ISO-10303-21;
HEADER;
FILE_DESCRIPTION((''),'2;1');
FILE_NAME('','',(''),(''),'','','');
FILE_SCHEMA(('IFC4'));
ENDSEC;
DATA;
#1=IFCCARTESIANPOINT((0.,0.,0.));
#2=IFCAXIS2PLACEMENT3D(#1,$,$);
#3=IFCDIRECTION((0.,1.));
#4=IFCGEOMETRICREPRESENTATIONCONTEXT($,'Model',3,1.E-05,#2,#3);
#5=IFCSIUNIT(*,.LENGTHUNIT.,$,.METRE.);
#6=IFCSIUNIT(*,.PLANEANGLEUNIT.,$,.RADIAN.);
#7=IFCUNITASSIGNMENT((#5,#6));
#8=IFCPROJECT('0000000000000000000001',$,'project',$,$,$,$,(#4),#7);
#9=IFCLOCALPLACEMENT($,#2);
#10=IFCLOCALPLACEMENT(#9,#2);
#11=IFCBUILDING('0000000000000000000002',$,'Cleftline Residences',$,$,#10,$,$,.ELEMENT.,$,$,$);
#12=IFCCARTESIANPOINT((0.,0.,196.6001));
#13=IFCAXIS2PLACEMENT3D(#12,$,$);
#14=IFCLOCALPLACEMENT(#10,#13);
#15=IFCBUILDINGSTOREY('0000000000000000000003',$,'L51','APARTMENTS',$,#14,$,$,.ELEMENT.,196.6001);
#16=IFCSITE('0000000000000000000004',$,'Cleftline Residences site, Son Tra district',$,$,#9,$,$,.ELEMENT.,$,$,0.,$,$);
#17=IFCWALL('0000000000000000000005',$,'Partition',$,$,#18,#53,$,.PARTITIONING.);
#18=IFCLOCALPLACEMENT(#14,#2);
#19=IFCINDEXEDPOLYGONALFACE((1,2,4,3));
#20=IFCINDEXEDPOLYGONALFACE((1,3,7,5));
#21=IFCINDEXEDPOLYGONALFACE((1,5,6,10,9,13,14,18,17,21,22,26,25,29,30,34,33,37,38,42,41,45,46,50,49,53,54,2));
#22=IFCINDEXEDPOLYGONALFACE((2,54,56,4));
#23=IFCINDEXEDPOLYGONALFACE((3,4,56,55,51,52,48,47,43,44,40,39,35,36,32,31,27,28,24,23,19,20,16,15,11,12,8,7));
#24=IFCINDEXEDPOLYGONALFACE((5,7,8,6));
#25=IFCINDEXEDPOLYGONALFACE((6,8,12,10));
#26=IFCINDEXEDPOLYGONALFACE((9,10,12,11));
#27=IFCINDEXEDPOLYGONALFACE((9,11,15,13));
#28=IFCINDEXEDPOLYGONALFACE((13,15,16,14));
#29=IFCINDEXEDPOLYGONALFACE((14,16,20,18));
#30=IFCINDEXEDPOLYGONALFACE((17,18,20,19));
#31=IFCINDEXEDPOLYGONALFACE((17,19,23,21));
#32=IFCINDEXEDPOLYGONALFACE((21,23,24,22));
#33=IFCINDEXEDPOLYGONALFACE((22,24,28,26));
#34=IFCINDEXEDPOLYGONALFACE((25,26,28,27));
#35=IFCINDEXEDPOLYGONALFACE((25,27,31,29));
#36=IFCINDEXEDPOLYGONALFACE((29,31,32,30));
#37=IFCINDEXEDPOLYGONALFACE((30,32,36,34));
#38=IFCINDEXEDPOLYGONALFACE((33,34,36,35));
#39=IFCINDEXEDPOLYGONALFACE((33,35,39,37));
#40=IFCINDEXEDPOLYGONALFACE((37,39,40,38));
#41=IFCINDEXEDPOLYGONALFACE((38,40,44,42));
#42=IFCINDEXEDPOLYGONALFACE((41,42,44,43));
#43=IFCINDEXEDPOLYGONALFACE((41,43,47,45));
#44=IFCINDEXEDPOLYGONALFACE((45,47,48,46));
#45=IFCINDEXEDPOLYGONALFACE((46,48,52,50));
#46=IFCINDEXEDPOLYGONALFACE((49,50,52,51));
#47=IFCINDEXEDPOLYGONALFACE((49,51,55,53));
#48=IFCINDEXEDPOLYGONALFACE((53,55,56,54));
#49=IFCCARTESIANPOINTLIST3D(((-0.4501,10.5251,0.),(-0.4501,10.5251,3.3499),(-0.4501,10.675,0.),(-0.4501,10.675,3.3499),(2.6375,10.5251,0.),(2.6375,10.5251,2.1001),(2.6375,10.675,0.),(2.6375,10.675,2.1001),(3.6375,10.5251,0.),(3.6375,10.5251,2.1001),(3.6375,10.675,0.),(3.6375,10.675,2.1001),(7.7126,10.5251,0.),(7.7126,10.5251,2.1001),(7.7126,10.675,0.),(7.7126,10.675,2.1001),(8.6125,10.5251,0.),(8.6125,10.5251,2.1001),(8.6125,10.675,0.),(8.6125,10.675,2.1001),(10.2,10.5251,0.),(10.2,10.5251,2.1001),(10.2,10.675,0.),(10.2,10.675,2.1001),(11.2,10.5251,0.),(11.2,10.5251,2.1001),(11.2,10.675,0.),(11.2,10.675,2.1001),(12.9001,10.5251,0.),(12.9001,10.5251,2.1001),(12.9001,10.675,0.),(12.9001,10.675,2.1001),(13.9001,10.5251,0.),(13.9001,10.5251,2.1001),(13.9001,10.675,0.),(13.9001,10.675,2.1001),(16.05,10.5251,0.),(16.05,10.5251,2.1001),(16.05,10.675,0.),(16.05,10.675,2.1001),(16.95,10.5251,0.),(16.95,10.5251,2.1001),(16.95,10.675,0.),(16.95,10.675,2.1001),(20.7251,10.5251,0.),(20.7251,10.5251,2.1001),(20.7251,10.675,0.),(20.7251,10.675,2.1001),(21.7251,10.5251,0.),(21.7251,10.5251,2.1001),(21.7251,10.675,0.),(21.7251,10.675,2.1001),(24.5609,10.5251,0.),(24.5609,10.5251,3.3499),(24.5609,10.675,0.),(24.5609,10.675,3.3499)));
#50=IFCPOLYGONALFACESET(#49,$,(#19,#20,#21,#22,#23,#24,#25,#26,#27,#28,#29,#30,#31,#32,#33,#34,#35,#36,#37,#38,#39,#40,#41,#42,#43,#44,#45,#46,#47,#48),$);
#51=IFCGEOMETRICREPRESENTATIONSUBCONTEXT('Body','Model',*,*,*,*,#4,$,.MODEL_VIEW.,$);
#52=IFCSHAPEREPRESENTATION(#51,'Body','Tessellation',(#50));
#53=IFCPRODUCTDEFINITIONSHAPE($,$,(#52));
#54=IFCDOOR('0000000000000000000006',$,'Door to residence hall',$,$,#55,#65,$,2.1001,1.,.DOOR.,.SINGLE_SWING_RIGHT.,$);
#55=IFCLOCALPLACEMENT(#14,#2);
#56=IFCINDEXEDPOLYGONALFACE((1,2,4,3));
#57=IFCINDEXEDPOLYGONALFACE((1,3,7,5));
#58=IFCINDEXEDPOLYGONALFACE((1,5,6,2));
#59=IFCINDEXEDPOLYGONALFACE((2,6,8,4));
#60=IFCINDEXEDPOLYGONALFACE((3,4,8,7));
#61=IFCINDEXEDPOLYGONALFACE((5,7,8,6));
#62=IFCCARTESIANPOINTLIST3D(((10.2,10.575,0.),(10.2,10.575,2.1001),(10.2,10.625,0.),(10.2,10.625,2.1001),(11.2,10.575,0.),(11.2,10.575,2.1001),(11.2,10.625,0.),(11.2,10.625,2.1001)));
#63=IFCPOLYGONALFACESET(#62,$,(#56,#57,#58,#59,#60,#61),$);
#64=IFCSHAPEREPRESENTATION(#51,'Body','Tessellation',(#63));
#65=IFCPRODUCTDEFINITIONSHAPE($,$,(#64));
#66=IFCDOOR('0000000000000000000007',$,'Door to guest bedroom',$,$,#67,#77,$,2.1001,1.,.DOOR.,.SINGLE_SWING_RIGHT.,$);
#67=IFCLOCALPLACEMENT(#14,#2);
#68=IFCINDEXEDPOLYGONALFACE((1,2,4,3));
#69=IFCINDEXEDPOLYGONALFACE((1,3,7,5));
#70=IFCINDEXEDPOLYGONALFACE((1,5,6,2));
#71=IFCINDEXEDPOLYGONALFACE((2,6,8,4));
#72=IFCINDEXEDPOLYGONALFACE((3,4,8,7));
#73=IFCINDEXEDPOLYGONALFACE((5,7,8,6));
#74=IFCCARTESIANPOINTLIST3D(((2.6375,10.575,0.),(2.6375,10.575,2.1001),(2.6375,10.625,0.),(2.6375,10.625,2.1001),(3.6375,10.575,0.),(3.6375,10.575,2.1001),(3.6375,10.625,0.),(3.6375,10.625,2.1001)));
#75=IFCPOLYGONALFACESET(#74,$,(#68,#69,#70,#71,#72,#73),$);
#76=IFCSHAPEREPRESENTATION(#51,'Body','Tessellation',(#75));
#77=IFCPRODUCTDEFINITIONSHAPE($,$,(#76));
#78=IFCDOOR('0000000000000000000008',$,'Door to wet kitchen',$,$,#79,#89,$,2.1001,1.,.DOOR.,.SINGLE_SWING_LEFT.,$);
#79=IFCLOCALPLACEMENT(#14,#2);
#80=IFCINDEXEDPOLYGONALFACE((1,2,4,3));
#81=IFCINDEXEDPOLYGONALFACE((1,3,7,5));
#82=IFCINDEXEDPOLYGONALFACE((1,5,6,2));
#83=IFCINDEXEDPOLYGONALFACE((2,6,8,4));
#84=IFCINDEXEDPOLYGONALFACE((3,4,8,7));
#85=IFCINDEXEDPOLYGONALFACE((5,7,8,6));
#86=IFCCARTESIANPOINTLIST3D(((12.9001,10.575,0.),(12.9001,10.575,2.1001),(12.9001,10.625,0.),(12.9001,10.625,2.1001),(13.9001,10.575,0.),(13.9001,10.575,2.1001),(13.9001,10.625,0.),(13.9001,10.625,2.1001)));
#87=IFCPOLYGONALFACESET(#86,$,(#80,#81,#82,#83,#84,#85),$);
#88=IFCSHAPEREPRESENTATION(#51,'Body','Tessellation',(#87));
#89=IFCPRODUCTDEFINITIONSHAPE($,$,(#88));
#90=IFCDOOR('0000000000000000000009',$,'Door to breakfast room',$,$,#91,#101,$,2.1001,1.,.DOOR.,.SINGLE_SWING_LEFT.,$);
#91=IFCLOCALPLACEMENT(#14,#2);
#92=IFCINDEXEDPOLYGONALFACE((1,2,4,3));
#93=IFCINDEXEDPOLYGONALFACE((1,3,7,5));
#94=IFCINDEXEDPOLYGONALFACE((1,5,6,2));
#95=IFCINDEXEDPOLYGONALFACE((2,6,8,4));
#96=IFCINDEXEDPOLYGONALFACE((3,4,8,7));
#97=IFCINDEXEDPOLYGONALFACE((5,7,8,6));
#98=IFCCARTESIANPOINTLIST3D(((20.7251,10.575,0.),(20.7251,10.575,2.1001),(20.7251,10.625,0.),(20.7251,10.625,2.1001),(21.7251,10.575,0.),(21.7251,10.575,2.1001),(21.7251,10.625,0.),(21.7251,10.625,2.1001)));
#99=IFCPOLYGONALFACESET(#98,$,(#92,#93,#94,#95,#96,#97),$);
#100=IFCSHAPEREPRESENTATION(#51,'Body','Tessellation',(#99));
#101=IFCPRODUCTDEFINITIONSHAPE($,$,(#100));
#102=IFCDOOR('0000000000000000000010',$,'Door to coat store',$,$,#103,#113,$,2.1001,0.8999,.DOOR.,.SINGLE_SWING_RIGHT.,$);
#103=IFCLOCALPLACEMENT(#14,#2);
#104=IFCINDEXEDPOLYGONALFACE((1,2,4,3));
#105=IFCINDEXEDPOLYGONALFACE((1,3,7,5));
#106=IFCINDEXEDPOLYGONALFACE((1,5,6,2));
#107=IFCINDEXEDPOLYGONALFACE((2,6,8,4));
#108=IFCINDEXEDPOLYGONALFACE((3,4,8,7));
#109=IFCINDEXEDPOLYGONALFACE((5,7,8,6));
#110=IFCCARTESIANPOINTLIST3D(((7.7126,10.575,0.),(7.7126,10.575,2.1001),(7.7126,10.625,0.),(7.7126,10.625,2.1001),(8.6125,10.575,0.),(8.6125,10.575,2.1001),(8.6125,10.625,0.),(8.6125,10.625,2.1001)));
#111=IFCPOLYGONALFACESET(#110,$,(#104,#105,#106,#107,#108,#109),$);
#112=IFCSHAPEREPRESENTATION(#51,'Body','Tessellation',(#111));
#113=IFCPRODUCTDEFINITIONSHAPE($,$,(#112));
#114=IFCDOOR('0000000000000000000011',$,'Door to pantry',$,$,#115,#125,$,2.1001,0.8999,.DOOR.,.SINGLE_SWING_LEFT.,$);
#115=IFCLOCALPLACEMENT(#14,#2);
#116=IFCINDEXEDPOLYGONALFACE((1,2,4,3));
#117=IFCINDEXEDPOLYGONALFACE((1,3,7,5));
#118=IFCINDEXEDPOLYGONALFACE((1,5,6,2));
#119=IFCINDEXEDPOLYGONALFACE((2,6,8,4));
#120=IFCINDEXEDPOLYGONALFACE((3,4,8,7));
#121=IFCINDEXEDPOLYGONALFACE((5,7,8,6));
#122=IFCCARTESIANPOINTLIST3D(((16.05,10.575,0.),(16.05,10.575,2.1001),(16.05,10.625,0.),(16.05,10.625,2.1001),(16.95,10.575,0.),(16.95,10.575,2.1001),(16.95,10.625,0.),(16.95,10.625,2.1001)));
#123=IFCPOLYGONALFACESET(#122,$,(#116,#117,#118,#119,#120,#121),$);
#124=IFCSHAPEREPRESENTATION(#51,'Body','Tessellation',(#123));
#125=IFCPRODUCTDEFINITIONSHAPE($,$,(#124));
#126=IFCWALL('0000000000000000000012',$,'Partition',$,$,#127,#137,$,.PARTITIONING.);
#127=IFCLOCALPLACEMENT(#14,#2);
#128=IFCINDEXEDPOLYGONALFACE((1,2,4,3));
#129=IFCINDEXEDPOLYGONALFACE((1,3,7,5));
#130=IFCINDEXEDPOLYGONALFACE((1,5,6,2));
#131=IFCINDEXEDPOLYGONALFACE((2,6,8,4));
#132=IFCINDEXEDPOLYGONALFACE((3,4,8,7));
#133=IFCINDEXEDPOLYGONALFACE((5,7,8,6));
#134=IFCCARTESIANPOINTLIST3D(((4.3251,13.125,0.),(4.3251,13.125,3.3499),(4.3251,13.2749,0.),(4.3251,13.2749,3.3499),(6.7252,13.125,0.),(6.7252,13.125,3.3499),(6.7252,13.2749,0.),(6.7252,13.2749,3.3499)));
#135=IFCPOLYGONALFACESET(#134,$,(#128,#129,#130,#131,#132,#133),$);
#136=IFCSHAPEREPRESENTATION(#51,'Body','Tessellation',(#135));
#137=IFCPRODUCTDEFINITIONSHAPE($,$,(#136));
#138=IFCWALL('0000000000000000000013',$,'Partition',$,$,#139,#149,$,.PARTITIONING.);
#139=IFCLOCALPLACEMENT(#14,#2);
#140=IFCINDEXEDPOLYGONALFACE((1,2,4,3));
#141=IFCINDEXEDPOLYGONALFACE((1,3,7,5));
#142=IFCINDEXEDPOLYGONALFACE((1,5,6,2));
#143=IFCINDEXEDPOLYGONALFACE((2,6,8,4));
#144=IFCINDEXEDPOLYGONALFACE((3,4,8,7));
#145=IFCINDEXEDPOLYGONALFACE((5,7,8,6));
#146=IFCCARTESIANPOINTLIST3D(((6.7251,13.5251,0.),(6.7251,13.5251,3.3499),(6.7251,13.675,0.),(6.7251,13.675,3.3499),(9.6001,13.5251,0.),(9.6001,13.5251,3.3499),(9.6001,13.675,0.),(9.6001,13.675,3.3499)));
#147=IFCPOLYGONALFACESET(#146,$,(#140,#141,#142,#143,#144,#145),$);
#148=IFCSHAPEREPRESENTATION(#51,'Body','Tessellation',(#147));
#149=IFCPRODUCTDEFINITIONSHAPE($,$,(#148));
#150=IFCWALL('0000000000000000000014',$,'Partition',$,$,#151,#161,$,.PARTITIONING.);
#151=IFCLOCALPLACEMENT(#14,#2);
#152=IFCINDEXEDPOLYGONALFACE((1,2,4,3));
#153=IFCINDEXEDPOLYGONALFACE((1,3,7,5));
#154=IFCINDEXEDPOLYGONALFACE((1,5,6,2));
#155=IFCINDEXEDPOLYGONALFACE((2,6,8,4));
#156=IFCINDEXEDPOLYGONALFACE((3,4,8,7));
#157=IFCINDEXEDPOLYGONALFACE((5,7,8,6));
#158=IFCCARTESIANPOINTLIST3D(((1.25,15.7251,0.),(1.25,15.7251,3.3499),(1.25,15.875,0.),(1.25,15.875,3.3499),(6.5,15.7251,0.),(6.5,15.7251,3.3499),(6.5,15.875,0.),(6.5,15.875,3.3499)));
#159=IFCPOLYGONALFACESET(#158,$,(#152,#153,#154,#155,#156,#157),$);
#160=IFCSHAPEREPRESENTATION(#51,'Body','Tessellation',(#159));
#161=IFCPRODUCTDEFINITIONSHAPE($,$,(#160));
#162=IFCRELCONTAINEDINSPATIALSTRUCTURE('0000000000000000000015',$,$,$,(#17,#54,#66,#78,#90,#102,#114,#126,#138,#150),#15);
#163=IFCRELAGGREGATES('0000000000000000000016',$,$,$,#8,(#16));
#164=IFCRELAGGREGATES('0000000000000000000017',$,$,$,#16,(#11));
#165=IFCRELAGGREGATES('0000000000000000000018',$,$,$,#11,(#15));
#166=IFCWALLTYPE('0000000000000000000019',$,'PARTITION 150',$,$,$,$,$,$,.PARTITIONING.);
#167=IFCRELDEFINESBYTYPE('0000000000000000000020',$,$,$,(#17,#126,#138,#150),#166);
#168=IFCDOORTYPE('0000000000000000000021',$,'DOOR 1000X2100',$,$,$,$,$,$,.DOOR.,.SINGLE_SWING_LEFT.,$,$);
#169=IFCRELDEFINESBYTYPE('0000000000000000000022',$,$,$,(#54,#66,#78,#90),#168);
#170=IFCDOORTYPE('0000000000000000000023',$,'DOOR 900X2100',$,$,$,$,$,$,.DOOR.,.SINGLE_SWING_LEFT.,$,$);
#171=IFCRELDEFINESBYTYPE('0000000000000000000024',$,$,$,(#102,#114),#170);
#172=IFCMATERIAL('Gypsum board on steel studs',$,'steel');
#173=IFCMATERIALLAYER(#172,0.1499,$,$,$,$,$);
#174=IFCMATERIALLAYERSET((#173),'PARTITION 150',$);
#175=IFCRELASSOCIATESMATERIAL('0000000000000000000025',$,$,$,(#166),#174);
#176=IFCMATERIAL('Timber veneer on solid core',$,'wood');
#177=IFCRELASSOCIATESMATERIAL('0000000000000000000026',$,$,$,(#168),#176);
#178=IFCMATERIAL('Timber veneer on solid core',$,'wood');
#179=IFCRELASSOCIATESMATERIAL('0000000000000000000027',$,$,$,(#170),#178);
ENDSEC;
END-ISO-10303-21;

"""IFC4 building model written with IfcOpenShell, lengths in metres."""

from ifc_helpers import new_model, si_unit, direction, frame, frame_2d, origin, place, context, subcontext, project, spatial, rectangle, extrude, material, layer, layer_set, type_object, element, fill, save


model = new_model("IFC4")

# Units and contexts
model_context = context("Model", 3, precision=1e-05, world=origin(), true_north=direction((0.0, 1.0)))
body_context = subcontext(model_context, "Body", "Model", "MODEL_VIEW")
ifc_project = project(units=[si_unit("LENGTHUNIT", "METRE"), si_unit("PLANEANGLEUNIT", "RADIAN")], contexts=[model_context])

# Site, building, storey
site_placement = place(None, origin())
site = spatial("IfcSite", under=ifc_project, at=site_placement, Name="Cleftline Residences site, Son Tra district", CompositionType="ELEMENT", RefElevation=0.0)
building_placement = place(site_placement, origin())
building = spatial("IfcBuilding", under=site, at=building_placement, Name="Cleftline Residences", CompositionType="ELEMENT")
storey_placement = place(building_placement, frame((0.0, 0.0, 196.6001)))
storey = spatial("IfcBuildingStorey", under=building, at=storey_placement, Name="L51", Description="APARTMENTS", CompositionType="ELEMENT", Elevation=196.6001)

# Wall, openings, doors
ifc_material_1 = material(Name="Gypsum board on steel studs", Category="steel")
ifc_layer = layer(ifc_material_1, 0.1499)
ifc_layer_set = layer_set([ifc_layer], Name="PARTITION 150")
wall_type = type_object("IfcWallType", Name="PARTITION 150", PredefinedType="PARTITIONING", material=ifc_layer_set)
wall_1_placement = place(storey_placement, frame((-0.45, 10.6001, 0.0), z_axis=(0.0, 0.0, 1.0), x_axis=(1.0, 0.0, 0.0)))
wall_1 = element("IfcWall", 1, at=wall_1_placement, inside=storey, type_object=wall_type, Name="Partition", PredefinedType="PARTITIONING", context=body_context, shape_type="SweptSolid", body=[
    extrude(rectangle(XDim=25.011, YDim=0.1499, at=frame_2d((12.5054, 0.0))), origin(), (0.0, 0.0, 1.0), 3.3499),
])
opening_1_placement = place(wall_1_placement, frame((10.6499, 0.0, 0.0)))
opening_1 = element("IfcOpeningElement", 2, at=opening_1_placement, cuts=wall_1, PredefinedType="OPENING", context=body_context, shape_type="SweptSolid", body=[
    extrude(rectangle(XDim=1.0, YDim=2.1001, at=frame_2d((0.5, 1.05))), frame((0.0, 0.085, 0.0), z_axis=(0.0, -1.0, 0.0), x_axis=(1.0, 0.0, 0.0)), (0.0, 0.0, 1.0), 0.1699),
])
opening_2_placement = place(wall_1_placement, frame((3.0874, 0.0, 0.0)))
opening_2 = element("IfcOpeningElement", 3, at=opening_2_placement, cuts=wall_1, PredefinedType="OPENING", context=body_context, shape_type="SweptSolid", body=[
    extrude(rectangle(XDim=1.0, YDim=2.1001, at=frame_2d((0.5, 1.05))), frame((0.0, 0.085, 0.0), z_axis=(0.0, -1.0, 0.0), x_axis=(1.0, 0.0, 0.0)), (0.0, 0.0, 1.0), 0.1699),
])
opening_3_placement = place(wall_1_placement, frame((8.1626, 0.0, 0.0)))
opening_3 = element("IfcOpeningElement", 4, at=opening_3_placement, cuts=wall_1, PredefinedType="OPENING", context=body_context, shape_type="SweptSolid", body=[
    extrude(rectangle(XDim=0.8999, YDim=2.1001, at=frame_2d((0.45, 1.05))), frame((0.0, 0.085, 0.0), z_axis=(0.0, -1.0, 0.0), x_axis=(1.0, 0.0, 0.0)), (0.0, 0.0, 1.0), 0.1699),
])
opening_4_placement = place(wall_1_placement, frame((13.3501, 0.0, 0.0)))
opening_4 = element("IfcOpeningElement", 5, at=opening_4_placement, cuts=wall_1, PredefinedType="OPENING", context=body_context, shape_type="SweptSolid", body=[
    extrude(rectangle(XDim=1.0, YDim=2.1001, at=frame_2d((0.5, 1.05))), frame((0.0, 0.085, 0.0), z_axis=(0.0, -1.0, 0.0), x_axis=(1.0, 0.0, 0.0)), (0.0, 0.0, 1.0), 0.1699),
])
opening_5_placement = place(wall_1_placement, frame((16.5, 0.0, 0.0)))
opening_5 = element("IfcOpeningElement", 6, at=opening_5_placement, cuts=wall_1, PredefinedType="OPENING", context=body_context, shape_type="SweptSolid", body=[
    extrude(rectangle(XDim=0.8999, YDim=2.1001, at=frame_2d((0.45, 1.05))), frame((0.0, 0.085, 0.0), z_axis=(0.0, -1.0, 0.0), x_axis=(1.0, 0.0, 0.0)), (0.0, 0.0, 1.0), 0.1699),
])
opening_6_placement = place(wall_1_placement, frame((21.175, 0.0, 0.0)))
opening_6 = element("IfcOpeningElement", 7, at=opening_6_placement, cuts=wall_1, PredefinedType="OPENING", context=body_context, shape_type="SweptSolid", body=[
    extrude(rectangle(XDim=1.0, YDim=2.1001, at=frame_2d((0.5, 1.05))), frame((0.0, 0.085, 0.0), z_axis=(0.0, -1.0, 0.0), x_axis=(1.0, 0.0, 0.0)), (0.0, 0.0, 1.0), 0.1699),
])
ifc_material_2 = material(Name="Timber veneer on solid core", Category="wood")
door_type_1 = type_object("IfcDoorType", Name="DOOR 1000X2100", OperationType="SINGLE_SWING_LEFT", PredefinedType="DOOR", material=ifc_material_2)
door_1_placement = place(opening_1_placement, origin())
door_1 = element("IfcDoor", 8, at=door_1_placement, inside=storey, type_object=door_type_1, Name="Door to residence hall", OperationType="SINGLE_SWING_RIGHT", OverallHeight=2.1001, OverallWidth=1.0, PredefinedType="DOOR", context=body_context, shape_type="SweptSolid", body=[
    extrude(rectangle(XDim=1.0, YDim=2.1001, at=frame_2d((0.5, 1.05))), frame((0.0, 0.0249, 0.0), z_axis=(0.0, -1.0, 0.0), x_axis=(1.0, 0.0, 0.0)), (0.0, 0.0, 1.0), 0.05),
])
fill(opening_1, door_1)
door_2_placement = place(opening_2_placement, origin())
door_2 = element("IfcDoor", 9, at=door_2_placement, inside=storey, type_object=door_type_1, Name="Door to guest bedroom", OperationType="SINGLE_SWING_RIGHT", OverallHeight=2.1001, OverallWidth=1.0, PredefinedType="DOOR", context=body_context, shape_type="SweptSolid", body=[
    extrude(rectangle(XDim=1.0, YDim=2.1001, at=frame_2d((0.5, 1.05))), frame((0.0, 0.0249, 0.0), z_axis=(0.0, -1.0, 0.0), x_axis=(1.0, 0.0, 0.0)), (0.0, 0.0, 1.0), 0.05),
])
fill(opening_2, door_2)
door_3_placement = place(opening_4_placement, origin())
door_3 = element("IfcDoor", 10, at=door_3_placement, inside=storey, type_object=door_type_1, Name="Door to wet kitchen", OperationType="SINGLE_SWING_LEFT", OverallHeight=2.1001, OverallWidth=1.0, PredefinedType="DOOR", context=body_context, shape_type="SweptSolid", body=[
    extrude(rectangle(XDim=1.0, YDim=2.1001, at=frame_2d((0.5, 1.05))), frame((0.0, 0.0249, 0.0), z_axis=(0.0, -1.0, 0.0), x_axis=(1.0, 0.0, 0.0)), (0.0, 0.0, 1.0), 0.05),
])
fill(opening_4, door_3)
door_4_placement = place(opening_6_placement, origin())
door_4 = element("IfcDoor", 11, at=door_4_placement, inside=storey, type_object=door_type_1, Name="Door to breakfast room", OperationType="SINGLE_SWING_LEFT", OverallHeight=2.1001, OverallWidth=1.0, PredefinedType="DOOR", context=body_context, shape_type="SweptSolid", body=[
    extrude(rectangle(XDim=1.0, YDim=2.1001, at=frame_2d((0.5, 1.05))), frame((0.0, 0.0249, 0.0), z_axis=(0.0, -1.0, 0.0), x_axis=(1.0, 0.0, 0.0)), (0.0, 0.0, 1.0), 0.05),
])
fill(opening_6, door_4)
ifc_material_3 = material(Name="Timber veneer on solid core", Category="wood")
door_type_2 = type_object("IfcDoorType", Name="DOOR 900X2100", OperationType="SINGLE_SWING_LEFT", PredefinedType="DOOR", material=ifc_material_3)
door_5_placement = place(opening_3_placement, origin())
door_5 = element("IfcDoor", 12, at=door_5_placement, inside=storey, type_object=door_type_2, Name="Door to coat store", OperationType="SINGLE_SWING_RIGHT", OverallHeight=2.1001, OverallWidth=0.8999, PredefinedType="DOOR", context=body_context, shape_type="SweptSolid", body=[
    extrude(rectangle(XDim=0.8999, YDim=2.1001, at=frame_2d((0.45, 1.05))), frame((0.0, 0.0249, 0.0), z_axis=(0.0, -1.0, 0.0), x_axis=(1.0, 0.0, 0.0)), (0.0, 0.0, 1.0), 0.05),
])
fill(opening_3, door_5)
door_6_placement = place(opening_5_placement, origin())
door_6 = element("IfcDoor", 13, at=door_6_placement, inside=storey, type_object=door_type_2, Name="Door to pantry", OperationType="SINGLE_SWING_LEFT", OverallHeight=2.1001, OverallWidth=0.8999, PredefinedType="DOOR", context=body_context, shape_type="SweptSolid", body=[
    extrude(rectangle(XDim=0.8999, YDim=2.1001, at=frame_2d((0.45, 1.05))), frame((0.0, 0.0249, 0.0), z_axis=(0.0, -1.0, 0.0), x_axis=(1.0, 0.0, 0.0)), (0.0, 0.0, 1.0), 0.05),
])
fill(opening_5, door_6)

# Walls
wall_2_placement = place(storey_placement, frame((4.325, 13.2, 0.0), z_axis=(0.0, 0.0, 1.0), x_axis=(1.0, 0.0, 0.0)))
element("IfcWall", 14, at=wall_2_placement, inside=storey, type_object=wall_type, Name="Partition", PredefinedType="PARTITIONING", context=body_context, shape_type="SweptSolid", body=[
    extrude(rectangle(XDim=2.4001, YDim=0.1499, at=frame_2d((1.2002, 0.0))), origin(), (0.0, 0.0, 1.0), 3.3499),
])
wall_3_placement = place(storey_placement, frame((6.7251, 13.6001, 0.0), z_axis=(0.0, 0.0, 1.0), x_axis=(1.0, 0.0, 0.0)))
element("IfcWall", 15, at=wall_3_placement, inside=storey, type_object=wall_type, Name="Partition", PredefinedType="PARTITIONING", context=body_context, shape_type="SweptSolid", body=[
    extrude(rectangle(XDim=2.875, YDim=0.1499, at=frame_2d((1.4375, 0.0))), origin(), (0.0, 0.0, 1.0), 3.3499),
])
wall_4_placement = place(storey_placement, frame((1.25, 15.8, 0.0), z_axis=(0.0, 0.0, 1.0), x_axis=(1.0, 0.0, 0.0)))
element("IfcWall", 16, at=wall_4_placement, inside=storey, type_object=wall_type, Name="Partition", PredefinedType="PARTITIONING", context=body_context, shape_type="SweptSolid", body=[
    extrude(rectangle(XDim=5.25, YDim=0.1499, at=frame_2d((2.625, 0.0))), origin(), (0.0, 0.0, 1.0), 3.3499),
])

save(model, "model.ifc")
